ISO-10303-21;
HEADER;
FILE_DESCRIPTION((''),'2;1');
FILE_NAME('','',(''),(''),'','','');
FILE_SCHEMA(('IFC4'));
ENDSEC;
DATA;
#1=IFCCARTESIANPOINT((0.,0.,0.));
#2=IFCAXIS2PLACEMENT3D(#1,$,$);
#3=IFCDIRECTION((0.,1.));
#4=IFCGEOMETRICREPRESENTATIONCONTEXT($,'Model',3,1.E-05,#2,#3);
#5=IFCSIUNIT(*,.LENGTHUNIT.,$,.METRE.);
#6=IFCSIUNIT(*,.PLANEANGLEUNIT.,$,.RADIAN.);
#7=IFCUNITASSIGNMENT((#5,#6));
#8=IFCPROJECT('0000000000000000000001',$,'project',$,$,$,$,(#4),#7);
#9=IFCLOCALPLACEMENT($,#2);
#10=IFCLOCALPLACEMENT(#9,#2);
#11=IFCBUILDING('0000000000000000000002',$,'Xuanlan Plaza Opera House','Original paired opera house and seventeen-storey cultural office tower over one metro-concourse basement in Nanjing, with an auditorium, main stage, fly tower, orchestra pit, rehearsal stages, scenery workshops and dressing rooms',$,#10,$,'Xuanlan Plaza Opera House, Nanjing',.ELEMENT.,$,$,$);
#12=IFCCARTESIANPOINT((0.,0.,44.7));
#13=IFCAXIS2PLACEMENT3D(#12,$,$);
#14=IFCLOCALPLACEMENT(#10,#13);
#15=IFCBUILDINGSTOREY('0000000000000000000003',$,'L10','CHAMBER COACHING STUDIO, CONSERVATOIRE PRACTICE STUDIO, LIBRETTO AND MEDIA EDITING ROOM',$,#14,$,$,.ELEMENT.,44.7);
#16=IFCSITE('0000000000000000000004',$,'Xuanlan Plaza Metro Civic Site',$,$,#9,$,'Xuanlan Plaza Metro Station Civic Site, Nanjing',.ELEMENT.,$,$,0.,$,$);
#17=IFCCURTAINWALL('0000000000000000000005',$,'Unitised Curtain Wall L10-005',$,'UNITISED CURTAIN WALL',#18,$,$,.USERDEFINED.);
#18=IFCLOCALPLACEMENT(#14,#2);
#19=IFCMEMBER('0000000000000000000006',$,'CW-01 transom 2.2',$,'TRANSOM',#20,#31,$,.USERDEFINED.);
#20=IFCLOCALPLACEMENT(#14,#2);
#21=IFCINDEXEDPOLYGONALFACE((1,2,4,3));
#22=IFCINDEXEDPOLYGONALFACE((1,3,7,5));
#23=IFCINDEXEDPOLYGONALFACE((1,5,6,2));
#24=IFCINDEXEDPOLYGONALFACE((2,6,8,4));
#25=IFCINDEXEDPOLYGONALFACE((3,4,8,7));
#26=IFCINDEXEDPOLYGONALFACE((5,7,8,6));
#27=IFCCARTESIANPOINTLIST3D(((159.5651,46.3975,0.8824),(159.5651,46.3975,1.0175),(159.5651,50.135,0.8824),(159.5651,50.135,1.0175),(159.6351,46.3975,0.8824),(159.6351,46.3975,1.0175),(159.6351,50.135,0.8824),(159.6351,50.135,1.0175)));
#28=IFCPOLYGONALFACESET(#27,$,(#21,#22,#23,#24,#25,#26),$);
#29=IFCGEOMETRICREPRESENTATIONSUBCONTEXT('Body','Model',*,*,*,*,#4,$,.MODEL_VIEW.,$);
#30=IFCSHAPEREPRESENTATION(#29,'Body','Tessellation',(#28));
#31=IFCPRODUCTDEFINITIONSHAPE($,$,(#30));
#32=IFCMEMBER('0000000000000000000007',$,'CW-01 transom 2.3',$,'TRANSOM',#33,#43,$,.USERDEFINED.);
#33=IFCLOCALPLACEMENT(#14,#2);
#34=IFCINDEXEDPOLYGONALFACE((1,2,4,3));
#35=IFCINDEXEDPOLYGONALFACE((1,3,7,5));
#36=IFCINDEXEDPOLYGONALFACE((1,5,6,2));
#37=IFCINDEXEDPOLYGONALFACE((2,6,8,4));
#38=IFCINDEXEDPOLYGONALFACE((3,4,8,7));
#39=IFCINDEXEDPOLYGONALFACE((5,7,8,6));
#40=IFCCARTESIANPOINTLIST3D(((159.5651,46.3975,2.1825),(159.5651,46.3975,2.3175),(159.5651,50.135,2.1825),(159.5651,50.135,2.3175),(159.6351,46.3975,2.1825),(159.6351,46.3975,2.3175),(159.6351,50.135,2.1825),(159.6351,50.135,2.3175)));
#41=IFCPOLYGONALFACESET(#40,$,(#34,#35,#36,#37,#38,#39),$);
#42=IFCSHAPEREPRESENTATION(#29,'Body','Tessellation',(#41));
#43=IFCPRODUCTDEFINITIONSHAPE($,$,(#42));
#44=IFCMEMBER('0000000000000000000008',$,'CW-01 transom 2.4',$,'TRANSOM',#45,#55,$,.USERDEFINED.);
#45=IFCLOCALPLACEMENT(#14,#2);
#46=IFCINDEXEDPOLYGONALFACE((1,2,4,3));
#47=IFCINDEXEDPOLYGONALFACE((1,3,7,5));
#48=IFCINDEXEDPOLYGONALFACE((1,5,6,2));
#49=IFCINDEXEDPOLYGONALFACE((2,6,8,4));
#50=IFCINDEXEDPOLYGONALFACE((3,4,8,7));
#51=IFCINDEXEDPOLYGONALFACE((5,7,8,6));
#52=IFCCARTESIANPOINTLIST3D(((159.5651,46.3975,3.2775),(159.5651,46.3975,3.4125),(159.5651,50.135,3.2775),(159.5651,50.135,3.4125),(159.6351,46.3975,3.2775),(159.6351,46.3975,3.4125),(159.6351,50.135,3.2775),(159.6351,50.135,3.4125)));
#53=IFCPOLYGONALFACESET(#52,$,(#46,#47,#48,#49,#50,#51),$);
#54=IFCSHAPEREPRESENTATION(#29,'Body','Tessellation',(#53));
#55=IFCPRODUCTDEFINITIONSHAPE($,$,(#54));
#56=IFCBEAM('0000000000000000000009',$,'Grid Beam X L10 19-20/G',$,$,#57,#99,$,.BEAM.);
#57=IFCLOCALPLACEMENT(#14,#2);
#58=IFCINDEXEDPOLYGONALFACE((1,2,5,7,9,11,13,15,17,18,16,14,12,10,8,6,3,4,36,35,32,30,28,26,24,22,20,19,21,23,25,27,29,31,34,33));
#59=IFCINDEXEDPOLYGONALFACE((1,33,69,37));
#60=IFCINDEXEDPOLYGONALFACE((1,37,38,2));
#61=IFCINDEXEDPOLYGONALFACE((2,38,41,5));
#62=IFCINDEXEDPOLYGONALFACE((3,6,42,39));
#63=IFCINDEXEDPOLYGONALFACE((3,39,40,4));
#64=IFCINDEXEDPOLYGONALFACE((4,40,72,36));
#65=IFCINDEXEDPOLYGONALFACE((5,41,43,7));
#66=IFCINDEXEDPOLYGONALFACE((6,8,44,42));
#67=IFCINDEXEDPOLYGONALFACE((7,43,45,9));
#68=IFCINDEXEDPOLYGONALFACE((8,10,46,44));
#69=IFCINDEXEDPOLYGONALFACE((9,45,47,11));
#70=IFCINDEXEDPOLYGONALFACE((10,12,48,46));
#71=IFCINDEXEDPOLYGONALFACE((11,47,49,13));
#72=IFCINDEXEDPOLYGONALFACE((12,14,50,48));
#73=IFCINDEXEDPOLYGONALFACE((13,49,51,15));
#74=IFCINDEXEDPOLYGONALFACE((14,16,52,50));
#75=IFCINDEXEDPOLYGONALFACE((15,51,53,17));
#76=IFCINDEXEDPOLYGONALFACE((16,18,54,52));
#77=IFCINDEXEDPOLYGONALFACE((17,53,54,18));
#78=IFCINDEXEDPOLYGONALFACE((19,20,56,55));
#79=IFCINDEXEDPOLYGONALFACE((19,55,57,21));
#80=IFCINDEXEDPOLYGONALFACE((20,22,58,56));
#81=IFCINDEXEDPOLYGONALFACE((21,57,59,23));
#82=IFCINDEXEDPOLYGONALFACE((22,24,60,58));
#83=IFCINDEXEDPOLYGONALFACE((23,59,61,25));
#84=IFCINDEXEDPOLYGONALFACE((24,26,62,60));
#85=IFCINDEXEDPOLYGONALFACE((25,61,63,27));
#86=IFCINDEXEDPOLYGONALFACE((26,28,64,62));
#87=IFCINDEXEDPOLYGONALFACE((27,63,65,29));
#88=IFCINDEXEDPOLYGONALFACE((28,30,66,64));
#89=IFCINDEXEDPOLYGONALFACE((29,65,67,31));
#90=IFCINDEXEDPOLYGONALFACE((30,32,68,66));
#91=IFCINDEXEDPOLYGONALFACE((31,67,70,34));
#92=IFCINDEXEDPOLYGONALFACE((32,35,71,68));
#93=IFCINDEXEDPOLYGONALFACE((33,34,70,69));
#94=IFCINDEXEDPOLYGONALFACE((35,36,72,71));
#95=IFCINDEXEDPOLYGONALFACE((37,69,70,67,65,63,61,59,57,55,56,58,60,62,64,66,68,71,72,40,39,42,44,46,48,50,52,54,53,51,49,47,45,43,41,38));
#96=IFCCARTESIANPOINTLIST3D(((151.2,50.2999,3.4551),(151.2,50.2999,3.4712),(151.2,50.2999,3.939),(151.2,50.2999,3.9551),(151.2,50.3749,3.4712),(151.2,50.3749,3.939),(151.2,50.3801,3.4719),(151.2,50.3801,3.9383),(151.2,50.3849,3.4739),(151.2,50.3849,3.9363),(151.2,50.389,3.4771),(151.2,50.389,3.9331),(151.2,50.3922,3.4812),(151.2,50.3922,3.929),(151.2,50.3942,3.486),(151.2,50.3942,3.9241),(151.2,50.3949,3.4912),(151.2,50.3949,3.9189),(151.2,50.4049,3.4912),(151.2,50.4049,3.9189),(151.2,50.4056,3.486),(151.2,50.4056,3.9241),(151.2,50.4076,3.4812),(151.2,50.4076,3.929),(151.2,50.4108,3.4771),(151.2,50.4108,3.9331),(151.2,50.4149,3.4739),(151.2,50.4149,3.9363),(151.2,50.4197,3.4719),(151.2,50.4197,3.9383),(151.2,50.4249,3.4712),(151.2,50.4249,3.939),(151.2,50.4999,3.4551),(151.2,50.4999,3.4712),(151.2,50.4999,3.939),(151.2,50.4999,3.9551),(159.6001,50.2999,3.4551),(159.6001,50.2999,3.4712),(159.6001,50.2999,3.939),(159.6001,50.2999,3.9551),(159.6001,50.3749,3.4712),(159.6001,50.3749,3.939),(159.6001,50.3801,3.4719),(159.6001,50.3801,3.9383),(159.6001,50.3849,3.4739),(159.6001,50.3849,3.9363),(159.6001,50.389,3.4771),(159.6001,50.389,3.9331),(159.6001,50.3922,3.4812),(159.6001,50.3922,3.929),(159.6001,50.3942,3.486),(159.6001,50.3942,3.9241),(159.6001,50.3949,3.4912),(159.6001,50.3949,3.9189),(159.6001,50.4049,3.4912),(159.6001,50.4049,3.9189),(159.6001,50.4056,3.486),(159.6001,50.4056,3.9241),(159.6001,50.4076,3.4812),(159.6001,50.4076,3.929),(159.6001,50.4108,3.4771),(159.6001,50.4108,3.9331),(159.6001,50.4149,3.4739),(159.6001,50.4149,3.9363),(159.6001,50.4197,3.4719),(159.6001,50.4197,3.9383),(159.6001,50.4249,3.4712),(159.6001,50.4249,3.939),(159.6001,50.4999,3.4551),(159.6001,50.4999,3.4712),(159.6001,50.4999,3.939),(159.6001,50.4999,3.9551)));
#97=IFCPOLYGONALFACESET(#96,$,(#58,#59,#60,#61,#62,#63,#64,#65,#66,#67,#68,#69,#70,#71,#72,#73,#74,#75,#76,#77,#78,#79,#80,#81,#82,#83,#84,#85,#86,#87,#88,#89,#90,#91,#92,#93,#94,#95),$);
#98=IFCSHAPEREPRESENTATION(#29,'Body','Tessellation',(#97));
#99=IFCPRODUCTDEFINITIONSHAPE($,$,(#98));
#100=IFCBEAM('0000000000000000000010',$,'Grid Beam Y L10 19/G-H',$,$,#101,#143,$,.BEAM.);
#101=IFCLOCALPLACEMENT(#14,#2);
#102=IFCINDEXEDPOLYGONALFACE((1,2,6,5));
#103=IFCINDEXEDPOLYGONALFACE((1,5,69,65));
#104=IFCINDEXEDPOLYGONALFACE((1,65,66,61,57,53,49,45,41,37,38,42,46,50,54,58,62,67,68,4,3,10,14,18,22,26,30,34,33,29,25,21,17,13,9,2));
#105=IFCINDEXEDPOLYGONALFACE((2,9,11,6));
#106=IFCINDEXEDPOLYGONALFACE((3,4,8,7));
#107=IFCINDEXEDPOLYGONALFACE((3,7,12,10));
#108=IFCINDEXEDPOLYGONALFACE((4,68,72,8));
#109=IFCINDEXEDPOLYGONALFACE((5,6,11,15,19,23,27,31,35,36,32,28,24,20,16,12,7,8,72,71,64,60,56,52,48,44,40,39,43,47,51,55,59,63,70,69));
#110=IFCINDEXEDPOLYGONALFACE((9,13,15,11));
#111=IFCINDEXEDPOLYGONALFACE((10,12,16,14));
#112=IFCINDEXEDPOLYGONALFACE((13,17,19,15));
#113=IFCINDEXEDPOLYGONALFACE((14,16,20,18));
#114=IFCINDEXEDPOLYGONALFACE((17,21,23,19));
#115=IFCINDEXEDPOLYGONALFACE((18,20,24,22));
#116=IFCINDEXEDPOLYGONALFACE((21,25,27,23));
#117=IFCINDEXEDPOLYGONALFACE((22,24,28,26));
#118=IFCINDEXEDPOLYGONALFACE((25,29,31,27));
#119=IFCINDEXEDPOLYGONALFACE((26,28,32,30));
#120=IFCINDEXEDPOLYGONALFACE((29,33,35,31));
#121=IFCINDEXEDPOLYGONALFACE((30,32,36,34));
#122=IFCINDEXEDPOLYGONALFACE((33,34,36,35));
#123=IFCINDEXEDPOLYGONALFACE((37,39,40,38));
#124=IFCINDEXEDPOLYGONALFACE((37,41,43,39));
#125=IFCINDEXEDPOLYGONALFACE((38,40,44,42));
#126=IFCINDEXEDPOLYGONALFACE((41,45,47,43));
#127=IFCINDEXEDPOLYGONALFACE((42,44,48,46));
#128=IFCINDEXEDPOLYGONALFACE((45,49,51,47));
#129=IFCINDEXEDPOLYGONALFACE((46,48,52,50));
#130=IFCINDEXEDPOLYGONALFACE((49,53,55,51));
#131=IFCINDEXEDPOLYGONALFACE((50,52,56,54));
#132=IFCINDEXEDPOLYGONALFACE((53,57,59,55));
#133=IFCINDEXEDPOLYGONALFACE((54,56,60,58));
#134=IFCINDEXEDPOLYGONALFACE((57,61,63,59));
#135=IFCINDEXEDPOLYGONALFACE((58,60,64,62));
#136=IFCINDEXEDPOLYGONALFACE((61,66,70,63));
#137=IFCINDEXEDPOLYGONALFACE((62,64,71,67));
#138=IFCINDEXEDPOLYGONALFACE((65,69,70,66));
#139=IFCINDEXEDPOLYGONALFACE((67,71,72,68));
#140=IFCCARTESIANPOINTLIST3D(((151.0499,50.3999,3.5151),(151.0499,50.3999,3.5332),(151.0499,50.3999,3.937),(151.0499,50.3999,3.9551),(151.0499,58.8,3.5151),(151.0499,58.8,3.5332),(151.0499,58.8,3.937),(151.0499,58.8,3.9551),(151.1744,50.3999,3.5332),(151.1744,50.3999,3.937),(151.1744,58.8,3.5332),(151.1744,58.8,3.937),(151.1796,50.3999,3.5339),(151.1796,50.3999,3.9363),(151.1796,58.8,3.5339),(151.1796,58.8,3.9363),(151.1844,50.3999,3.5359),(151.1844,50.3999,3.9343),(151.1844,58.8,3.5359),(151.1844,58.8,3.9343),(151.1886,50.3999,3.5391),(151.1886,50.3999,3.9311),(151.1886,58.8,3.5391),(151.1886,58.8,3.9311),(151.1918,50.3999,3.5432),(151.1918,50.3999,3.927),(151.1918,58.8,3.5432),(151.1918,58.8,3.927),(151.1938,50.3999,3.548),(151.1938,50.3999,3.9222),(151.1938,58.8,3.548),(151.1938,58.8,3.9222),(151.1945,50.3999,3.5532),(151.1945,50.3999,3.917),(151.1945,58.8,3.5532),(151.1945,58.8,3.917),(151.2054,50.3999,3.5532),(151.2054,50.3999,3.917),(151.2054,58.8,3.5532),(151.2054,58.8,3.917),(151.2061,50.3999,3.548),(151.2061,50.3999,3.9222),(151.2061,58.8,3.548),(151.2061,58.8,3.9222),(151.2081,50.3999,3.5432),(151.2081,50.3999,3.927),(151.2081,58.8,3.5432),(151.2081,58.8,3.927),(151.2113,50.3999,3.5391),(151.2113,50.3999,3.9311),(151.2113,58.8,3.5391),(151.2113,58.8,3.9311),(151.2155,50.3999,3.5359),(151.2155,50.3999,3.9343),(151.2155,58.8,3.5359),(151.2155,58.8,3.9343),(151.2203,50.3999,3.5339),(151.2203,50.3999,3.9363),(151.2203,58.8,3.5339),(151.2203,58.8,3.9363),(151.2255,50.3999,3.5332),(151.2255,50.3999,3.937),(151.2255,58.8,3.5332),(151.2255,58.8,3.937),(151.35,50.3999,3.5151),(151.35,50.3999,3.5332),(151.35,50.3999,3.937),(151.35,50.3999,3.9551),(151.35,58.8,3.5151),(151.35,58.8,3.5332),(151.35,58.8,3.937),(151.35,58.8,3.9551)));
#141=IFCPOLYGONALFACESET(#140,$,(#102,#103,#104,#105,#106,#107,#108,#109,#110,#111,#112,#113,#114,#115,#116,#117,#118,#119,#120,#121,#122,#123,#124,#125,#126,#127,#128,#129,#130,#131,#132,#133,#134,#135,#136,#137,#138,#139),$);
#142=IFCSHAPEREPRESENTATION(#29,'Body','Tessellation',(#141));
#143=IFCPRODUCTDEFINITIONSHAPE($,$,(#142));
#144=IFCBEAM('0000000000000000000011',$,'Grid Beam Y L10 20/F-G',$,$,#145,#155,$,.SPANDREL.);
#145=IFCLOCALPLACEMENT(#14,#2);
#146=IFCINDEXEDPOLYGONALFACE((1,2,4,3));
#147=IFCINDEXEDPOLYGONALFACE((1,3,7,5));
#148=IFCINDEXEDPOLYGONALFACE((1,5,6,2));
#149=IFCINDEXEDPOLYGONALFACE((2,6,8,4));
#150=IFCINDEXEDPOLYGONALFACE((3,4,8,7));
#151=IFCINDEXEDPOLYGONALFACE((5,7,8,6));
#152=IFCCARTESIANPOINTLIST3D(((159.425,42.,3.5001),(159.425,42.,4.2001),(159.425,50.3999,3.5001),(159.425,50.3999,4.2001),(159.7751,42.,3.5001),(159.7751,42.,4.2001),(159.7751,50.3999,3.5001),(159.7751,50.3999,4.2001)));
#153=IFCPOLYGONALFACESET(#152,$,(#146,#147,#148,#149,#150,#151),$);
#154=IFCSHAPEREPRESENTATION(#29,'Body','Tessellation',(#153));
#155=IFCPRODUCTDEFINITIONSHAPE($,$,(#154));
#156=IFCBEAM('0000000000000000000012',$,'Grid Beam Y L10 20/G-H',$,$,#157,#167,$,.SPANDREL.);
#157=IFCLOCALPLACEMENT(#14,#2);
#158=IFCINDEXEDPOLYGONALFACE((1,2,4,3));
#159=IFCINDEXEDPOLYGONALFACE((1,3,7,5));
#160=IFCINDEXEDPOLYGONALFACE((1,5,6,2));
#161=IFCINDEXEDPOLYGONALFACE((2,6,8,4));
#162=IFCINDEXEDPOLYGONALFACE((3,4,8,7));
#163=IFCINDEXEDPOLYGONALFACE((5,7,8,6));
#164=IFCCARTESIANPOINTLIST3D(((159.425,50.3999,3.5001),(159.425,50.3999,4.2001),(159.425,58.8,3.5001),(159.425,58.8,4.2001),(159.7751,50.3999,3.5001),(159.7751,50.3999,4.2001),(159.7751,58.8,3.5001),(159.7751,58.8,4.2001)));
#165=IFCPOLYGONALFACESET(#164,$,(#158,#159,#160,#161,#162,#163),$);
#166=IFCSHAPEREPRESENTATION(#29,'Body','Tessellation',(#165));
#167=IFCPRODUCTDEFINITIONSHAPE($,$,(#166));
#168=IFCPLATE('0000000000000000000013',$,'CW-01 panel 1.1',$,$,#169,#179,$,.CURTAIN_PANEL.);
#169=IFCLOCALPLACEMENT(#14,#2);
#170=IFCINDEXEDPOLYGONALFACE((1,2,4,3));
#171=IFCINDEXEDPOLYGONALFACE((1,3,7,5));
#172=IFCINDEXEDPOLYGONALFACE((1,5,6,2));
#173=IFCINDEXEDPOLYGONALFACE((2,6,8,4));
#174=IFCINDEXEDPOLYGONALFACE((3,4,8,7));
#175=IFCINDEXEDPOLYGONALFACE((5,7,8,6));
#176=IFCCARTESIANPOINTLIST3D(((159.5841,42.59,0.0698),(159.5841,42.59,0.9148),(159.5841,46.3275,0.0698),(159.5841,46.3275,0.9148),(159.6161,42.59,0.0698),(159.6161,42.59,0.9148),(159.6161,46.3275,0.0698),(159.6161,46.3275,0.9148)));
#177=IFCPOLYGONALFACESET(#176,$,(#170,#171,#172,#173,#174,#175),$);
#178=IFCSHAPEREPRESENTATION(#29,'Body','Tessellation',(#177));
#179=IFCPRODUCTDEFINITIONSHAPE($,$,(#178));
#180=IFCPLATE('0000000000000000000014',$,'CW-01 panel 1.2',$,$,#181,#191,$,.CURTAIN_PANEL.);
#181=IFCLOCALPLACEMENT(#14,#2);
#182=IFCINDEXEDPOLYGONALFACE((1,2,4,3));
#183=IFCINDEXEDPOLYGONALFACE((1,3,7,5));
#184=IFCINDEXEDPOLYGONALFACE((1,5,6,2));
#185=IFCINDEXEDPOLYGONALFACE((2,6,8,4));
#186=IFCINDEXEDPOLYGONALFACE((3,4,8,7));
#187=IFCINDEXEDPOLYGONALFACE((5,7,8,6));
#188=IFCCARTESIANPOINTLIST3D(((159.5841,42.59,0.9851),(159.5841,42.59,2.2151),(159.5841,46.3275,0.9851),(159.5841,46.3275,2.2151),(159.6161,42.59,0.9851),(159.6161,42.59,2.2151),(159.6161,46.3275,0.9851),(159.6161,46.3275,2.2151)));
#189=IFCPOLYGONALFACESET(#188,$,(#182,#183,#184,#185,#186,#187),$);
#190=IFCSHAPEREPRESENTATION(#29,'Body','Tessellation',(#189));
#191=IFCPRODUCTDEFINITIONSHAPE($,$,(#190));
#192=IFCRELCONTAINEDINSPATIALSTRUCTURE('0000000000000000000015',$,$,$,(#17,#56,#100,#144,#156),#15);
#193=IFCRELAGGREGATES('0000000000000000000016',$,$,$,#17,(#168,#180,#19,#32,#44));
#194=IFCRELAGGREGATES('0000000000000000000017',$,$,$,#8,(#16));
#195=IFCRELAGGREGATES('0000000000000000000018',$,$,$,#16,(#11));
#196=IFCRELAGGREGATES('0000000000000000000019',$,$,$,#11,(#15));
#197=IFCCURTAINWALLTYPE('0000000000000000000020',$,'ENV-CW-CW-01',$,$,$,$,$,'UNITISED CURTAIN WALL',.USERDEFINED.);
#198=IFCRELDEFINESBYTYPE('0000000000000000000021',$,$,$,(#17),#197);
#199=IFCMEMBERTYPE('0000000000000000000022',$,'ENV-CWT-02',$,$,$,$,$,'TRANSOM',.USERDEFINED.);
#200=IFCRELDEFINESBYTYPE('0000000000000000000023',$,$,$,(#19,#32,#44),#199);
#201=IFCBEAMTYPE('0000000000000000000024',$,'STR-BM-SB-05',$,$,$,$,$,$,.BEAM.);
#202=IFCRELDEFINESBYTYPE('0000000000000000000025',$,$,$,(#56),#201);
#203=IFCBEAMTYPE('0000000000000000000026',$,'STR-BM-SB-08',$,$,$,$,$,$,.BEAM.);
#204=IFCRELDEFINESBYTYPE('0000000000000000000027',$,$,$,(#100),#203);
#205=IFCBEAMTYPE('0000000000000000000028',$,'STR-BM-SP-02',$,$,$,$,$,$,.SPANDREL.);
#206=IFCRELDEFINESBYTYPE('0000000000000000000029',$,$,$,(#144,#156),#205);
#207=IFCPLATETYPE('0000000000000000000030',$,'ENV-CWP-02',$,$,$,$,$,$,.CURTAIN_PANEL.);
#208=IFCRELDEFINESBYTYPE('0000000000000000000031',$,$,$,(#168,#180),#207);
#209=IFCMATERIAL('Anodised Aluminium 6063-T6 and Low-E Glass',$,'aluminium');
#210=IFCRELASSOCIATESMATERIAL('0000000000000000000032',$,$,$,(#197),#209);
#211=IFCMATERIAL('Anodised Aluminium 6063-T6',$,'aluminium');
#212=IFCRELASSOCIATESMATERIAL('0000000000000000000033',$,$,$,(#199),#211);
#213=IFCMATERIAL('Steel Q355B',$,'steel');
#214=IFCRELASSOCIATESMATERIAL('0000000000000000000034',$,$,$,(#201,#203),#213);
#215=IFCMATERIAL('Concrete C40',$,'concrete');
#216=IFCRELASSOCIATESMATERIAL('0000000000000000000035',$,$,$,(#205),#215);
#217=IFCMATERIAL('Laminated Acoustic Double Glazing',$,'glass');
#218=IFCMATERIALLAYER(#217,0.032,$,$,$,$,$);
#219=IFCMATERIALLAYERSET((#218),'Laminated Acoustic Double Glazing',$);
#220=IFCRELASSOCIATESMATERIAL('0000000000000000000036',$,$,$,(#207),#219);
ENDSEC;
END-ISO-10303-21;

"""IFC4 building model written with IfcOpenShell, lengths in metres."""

from ifc_helpers import new_model, si_unit, direction, frame, origin, origin_2d, place, context, subcontext, project, spatial, rectangle, i_section, extrude, material, layer, layer_set, material_profile, profile_set, type_object, element, aggregate, save


model = new_model("IFC4")

# Units and contexts
model_context = context("Model", 3, precision=1e-05, world=origin(), true_north=direction((0.0, 1.0)))
body_context = subcontext(model_context, "Body", "Model", "MODEL_VIEW")
ifc_project = project(units=[si_unit("LENGTHUNIT", "METRE"), si_unit("PLANEANGLEUNIT", "RADIAN")], contexts=[model_context])

# Site, building, storey
site_placement = place(None, origin())
site = spatial("IfcSite", under=ifc_project, at=site_placement, Name="Xuanlan Plaza Metro Civic Site", LongName="Xuanlan Plaza Metro Station Civic Site, Nanjing", CompositionType="ELEMENT", RefElevation=0.0)
building_placement = place(site_placement, origin())
building = spatial("IfcBuilding", under=site, at=building_placement, Name="Xuanlan Plaza Opera House", Description="Original paired opera house and seventeen-storey cultural office tower over one metro-concourse basement in Nanjing, with an auditorium, main stage, fly tower, orchestra pit, rehearsal stages, scenery workshops and dressing rooms", LongName="Xuanlan Plaza Opera House, Nanjing", CompositionType="ELEMENT")
storey_placement = place(building_placement, frame((0.0, 0.0, 44.7)))
storey = spatial("IfcBuildingStorey", under=building, at=storey_placement, Name="L10", Description="CHAMBER COACHING STUDIO, CONSERVATOIRE PRACTICE STUDIO, LIBRETTO AND MEDIA EDITING ROOM", CompositionType="ELEMENT", Elevation=44.7)

# Shared definitions
ifc_material_1 = material(Name="Steel Q355B", Category="steel")

# Shared definitions
ifc_material_2 = material(Name="Anodised Aluminium 6063-T6 and Low-E Glass", Category="aluminium")
ifc_material_3 = material(Name="Anodised Aluminium 6063-T6", Category="aluminium")

# Curtain wall, members
curtain_wall_type_1 = type_object("IfcCurtainWallType", Name="ENV-CW-CW-01", ElementType="UNITISED CURTAIN WALL", PredefinedType="USERDEFINED", material=ifc_material_2)
curtain_wall_1_placement = place(storey_placement, origin())
curtain_wall_1 = element("IfcCurtainWall", 1, at=curtain_wall_1_placement, inside=storey, type_object=curtain_wall_type_1, Name="Unitised Curtain Wall L10-005", ObjectType="UNITISED CURTAIN WALL", PredefinedType="USERDEFINED")
ifc_material_profile_1 = material_profile(ifc_material_3, rectangle(XDim=0.0701, YDim=0.135, at=origin_2d()), Name="ALU-T 70x135")
ifc_profile_set_1 = profile_set([ifc_material_profile_1], Name="Anodised Aluminium 6063-T6")
member_type_1 = type_object("IfcMemberType", Name="ENV-CWT-02", ElementType="TRANSOM", PredefinedType="USERDEFINED", material=ifc_profile_set_1)
member_1_placement = place(storey_placement, frame((159.6001, 46.3975, 0.95), z_axis=(0.0, 1.0, 0.0), x_axis=(-1.0, 0.0, 0.0)))
member_1 = element("IfcMember", 2, at=member_1_placement, type_object=member_type_1, Name="CW-01 transom 2.2", ObjectType="TRANSOM", PredefinedType="USERDEFINED", context=body_context, shape_type="SweptSolid", body=[
    extrude(rectangle(XDim=0.0701, YDim=0.135, at=origin_2d()), origin(), (0.0, 0.0, 1.0), 3.7375),
])
member_2_placement = place(storey_placement, frame((159.6001, 46.3975, 2.25), z_axis=(0.0, 1.0, 0.0), x_axis=(-1.0, 0.0, 0.0)))
member_2 = element("IfcMember", 3, at=member_2_placement, type_object=member_type_1, Name="CW-01 transom 2.3", ObjectType="TRANSOM", PredefinedType="USERDEFINED", context=body_context, shape_type="SweptSolid", body=[
    extrude(rectangle(XDim=0.0701, YDim=0.135, at=origin_2d()), origin(), (0.0, 0.0, 1.0), 3.7375),
])
member_3_placement = place(storey_placement, frame((159.6001, 46.3975, 3.345), z_axis=(0.0, 1.0, 0.0), x_axis=(-1.0, 0.0, 0.0)))
member_3 = element("IfcMember", 4, at=member_3_placement, type_object=member_type_1, Name="CW-01 transom 2.4", ObjectType="TRANSOM", PredefinedType="USERDEFINED", context=body_context, shape_type="SweptSolid", body=[
    extrude(rectangle(XDim=0.0701, YDim=0.135, at=origin_2d()), origin(), (0.0, 0.0, 1.0), 3.7375),
])

# Beams
ifc_material_profile_2 = material_profile(ifc_material_1, i_section(OverallWidth=0.2, OverallDepth=0.5, WebThickness=0.01, FlangeThickness=0.0161, FilletRadius=0.02, at=origin_2d()), Name="HN 500x200x10x16")
ifc_profile_set_2 = profile_set([ifc_material_profile_2], Name="Steel Q355B")
beam_type_1 = type_object("IfcBeamType", Name="STR-BM-SB-05", PredefinedType="BEAM", material=ifc_profile_set_2)
beam_1_placement = place(storey_placement, frame((151.2, 50.3999, 3.7051), z_axis=(1.0, 0.0, 0.0), x_axis=(0.0, 1.0, 0.0)))
element("IfcBeam", 5, at=beam_1_placement, inside=storey, type_object=beam_type_1, Name="Grid Beam X L10 19-20/G", PredefinedType="BEAM", context=body_context, shape_type="SweptSolid", body=[
    extrude(i_section(OverallWidth=0.2, OverallDepth=0.5, WebThickness=0.01, FlangeThickness=0.0161, FilletRadius=0.02, at=origin_2d()), origin(), (0.0, 0.0, 1.0), 8.4001),
])
ifc_material_profile_3 = material_profile(ifc_material_1, i_section(OverallWidth=0.3, OverallDepth=0.4399, WebThickness=0.011, FlangeThickness=0.0181, FilletRadius=0.02, at=origin_2d()), Name="HM 440x300x11x18")
ifc_profile_set_3 = profile_set([ifc_material_profile_3], Name="Steel Q355B")
beam_type_2 = type_object("IfcBeamType", Name="STR-BM-SB-08", PredefinedType="BEAM", material=ifc_profile_set_3)
beam_2_placement = place(storey_placement, frame((151.2, 50.3999, 3.7351), z_axis=(0.0, 1.0, 0.0), x_axis=(-1.0, 0.0, 0.0)))
element("IfcBeam", 6, at=beam_2_placement, inside=storey, type_object=beam_type_2, Name="Grid Beam Y L10 19/G-H", PredefinedType="BEAM", context=body_context, shape_type="SweptSolid", body=[
    extrude(i_section(OverallWidth=0.3, OverallDepth=0.4399, WebThickness=0.011, FlangeThickness=0.0181, FilletRadius=0.02, at=origin_2d()), origin(), (0.0, 0.0, 1.0), 8.4001),
])
ifc_material_4 = material(Name="Concrete C40", Category="concrete")
ifc_material_profile_4 = material_profile(ifc_material_4, rectangle(XDim=0.3501, YDim=0.7, at=origin_2d()), Name="RC-SPD 350x700")
ifc_profile_set_4 = profile_set([ifc_material_profile_4], Name="Concrete C40")
beam_type_3 = type_object("IfcBeamType", Name="STR-BM-SP-02", PredefinedType="SPANDREL", material=ifc_profile_set_4)
beam_3_placement = place(storey_placement, frame((159.6001, 42.0, 3.8501), z_axis=(0.0, 1.0, 0.0), x_axis=(-1.0, 0.0, 0.0)))
element("IfcBeam", 7, at=beam_3_placement, inside=storey, type_object=beam_type_3, Name="Grid Beam Y L10 20/F-G", PredefinedType="SPANDREL", context=body_context, shape_type="SweptSolid", body=[
    extrude(rectangle(XDim=0.3501, YDim=0.7, at=origin_2d()), origin(), (0.0, 0.0, 1.0), 8.3999),
])
beam_4_placement = place(storey_placement, frame((159.6001, 50.3999, 3.8501), z_axis=(0.0, 1.0, 0.0), x_axis=(-1.0, 0.0, 0.0)))
element("IfcBeam", 8, at=beam_4_placement, inside=storey, type_object=beam_type_3, Name="Grid Beam Y L10 20/G-H", PredefinedType="SPANDREL", context=body_context, shape_type="SweptSolid", body=[
    extrude(rectangle(XDim=0.3501, YDim=0.7, at=origin_2d()), origin(), (0.0, 0.0, 1.0), 8.4001),
])

# Plates
ifc_material_5 = material(Name="Laminated Acoustic Double Glazing", Category="glass")
ifc_layer_1 = layer(ifc_material_5, 0.032)
ifc_layer_set_1 = layer_set([ifc_layer_1], Name="Laminated Acoustic Double Glazing")
plate_type = type_object("IfcPlateType", Name="ENV-CWP-02", PredefinedType="CURTAIN_PANEL", material=ifc_layer_set_1)
plate_1_placement = place(storey_placement, frame((159.6001, 44.4587, 0.0698), z_axis=(0.0, 0.0, 1.0), x_axis=(0.0, 1.0, 0.0)))
plate_1 = element("IfcPlate", 9, at=plate_1_placement, type_object=plate_type, Name="CW-01 panel 1.1", PredefinedType="CURTAIN_PANEL", context=body_context, shape_type="SweptSolid", body=[
    extrude(rectangle(XDim=3.7375, YDim=0.032, at=origin_2d()), origin(), (0.0, 0.0, 1.0), 0.845),
])
plate_2_placement = place(storey_placement, frame((159.6001, 44.4587, 0.9851), z_axis=(0.0, 0.0, 1.0), x_axis=(0.0, 1.0, 0.0)))
plate_2 = element("IfcPlate", 10, at=plate_2_placement, type_object=plate_type, Name="CW-01 panel 1.2", PredefinedType="CURTAIN_PANEL", context=body_context, shape_type="SweptSolid", body=[
    extrude(rectangle(XDim=3.7375, YDim=0.032, at=origin_2d()), origin(), (0.0, 0.0, 1.0), 1.23),
])
aggregate(curtain_wall_1, [plate_1, plate_2, member_1, member_2, member_3])

save(model, "model.ifc")
